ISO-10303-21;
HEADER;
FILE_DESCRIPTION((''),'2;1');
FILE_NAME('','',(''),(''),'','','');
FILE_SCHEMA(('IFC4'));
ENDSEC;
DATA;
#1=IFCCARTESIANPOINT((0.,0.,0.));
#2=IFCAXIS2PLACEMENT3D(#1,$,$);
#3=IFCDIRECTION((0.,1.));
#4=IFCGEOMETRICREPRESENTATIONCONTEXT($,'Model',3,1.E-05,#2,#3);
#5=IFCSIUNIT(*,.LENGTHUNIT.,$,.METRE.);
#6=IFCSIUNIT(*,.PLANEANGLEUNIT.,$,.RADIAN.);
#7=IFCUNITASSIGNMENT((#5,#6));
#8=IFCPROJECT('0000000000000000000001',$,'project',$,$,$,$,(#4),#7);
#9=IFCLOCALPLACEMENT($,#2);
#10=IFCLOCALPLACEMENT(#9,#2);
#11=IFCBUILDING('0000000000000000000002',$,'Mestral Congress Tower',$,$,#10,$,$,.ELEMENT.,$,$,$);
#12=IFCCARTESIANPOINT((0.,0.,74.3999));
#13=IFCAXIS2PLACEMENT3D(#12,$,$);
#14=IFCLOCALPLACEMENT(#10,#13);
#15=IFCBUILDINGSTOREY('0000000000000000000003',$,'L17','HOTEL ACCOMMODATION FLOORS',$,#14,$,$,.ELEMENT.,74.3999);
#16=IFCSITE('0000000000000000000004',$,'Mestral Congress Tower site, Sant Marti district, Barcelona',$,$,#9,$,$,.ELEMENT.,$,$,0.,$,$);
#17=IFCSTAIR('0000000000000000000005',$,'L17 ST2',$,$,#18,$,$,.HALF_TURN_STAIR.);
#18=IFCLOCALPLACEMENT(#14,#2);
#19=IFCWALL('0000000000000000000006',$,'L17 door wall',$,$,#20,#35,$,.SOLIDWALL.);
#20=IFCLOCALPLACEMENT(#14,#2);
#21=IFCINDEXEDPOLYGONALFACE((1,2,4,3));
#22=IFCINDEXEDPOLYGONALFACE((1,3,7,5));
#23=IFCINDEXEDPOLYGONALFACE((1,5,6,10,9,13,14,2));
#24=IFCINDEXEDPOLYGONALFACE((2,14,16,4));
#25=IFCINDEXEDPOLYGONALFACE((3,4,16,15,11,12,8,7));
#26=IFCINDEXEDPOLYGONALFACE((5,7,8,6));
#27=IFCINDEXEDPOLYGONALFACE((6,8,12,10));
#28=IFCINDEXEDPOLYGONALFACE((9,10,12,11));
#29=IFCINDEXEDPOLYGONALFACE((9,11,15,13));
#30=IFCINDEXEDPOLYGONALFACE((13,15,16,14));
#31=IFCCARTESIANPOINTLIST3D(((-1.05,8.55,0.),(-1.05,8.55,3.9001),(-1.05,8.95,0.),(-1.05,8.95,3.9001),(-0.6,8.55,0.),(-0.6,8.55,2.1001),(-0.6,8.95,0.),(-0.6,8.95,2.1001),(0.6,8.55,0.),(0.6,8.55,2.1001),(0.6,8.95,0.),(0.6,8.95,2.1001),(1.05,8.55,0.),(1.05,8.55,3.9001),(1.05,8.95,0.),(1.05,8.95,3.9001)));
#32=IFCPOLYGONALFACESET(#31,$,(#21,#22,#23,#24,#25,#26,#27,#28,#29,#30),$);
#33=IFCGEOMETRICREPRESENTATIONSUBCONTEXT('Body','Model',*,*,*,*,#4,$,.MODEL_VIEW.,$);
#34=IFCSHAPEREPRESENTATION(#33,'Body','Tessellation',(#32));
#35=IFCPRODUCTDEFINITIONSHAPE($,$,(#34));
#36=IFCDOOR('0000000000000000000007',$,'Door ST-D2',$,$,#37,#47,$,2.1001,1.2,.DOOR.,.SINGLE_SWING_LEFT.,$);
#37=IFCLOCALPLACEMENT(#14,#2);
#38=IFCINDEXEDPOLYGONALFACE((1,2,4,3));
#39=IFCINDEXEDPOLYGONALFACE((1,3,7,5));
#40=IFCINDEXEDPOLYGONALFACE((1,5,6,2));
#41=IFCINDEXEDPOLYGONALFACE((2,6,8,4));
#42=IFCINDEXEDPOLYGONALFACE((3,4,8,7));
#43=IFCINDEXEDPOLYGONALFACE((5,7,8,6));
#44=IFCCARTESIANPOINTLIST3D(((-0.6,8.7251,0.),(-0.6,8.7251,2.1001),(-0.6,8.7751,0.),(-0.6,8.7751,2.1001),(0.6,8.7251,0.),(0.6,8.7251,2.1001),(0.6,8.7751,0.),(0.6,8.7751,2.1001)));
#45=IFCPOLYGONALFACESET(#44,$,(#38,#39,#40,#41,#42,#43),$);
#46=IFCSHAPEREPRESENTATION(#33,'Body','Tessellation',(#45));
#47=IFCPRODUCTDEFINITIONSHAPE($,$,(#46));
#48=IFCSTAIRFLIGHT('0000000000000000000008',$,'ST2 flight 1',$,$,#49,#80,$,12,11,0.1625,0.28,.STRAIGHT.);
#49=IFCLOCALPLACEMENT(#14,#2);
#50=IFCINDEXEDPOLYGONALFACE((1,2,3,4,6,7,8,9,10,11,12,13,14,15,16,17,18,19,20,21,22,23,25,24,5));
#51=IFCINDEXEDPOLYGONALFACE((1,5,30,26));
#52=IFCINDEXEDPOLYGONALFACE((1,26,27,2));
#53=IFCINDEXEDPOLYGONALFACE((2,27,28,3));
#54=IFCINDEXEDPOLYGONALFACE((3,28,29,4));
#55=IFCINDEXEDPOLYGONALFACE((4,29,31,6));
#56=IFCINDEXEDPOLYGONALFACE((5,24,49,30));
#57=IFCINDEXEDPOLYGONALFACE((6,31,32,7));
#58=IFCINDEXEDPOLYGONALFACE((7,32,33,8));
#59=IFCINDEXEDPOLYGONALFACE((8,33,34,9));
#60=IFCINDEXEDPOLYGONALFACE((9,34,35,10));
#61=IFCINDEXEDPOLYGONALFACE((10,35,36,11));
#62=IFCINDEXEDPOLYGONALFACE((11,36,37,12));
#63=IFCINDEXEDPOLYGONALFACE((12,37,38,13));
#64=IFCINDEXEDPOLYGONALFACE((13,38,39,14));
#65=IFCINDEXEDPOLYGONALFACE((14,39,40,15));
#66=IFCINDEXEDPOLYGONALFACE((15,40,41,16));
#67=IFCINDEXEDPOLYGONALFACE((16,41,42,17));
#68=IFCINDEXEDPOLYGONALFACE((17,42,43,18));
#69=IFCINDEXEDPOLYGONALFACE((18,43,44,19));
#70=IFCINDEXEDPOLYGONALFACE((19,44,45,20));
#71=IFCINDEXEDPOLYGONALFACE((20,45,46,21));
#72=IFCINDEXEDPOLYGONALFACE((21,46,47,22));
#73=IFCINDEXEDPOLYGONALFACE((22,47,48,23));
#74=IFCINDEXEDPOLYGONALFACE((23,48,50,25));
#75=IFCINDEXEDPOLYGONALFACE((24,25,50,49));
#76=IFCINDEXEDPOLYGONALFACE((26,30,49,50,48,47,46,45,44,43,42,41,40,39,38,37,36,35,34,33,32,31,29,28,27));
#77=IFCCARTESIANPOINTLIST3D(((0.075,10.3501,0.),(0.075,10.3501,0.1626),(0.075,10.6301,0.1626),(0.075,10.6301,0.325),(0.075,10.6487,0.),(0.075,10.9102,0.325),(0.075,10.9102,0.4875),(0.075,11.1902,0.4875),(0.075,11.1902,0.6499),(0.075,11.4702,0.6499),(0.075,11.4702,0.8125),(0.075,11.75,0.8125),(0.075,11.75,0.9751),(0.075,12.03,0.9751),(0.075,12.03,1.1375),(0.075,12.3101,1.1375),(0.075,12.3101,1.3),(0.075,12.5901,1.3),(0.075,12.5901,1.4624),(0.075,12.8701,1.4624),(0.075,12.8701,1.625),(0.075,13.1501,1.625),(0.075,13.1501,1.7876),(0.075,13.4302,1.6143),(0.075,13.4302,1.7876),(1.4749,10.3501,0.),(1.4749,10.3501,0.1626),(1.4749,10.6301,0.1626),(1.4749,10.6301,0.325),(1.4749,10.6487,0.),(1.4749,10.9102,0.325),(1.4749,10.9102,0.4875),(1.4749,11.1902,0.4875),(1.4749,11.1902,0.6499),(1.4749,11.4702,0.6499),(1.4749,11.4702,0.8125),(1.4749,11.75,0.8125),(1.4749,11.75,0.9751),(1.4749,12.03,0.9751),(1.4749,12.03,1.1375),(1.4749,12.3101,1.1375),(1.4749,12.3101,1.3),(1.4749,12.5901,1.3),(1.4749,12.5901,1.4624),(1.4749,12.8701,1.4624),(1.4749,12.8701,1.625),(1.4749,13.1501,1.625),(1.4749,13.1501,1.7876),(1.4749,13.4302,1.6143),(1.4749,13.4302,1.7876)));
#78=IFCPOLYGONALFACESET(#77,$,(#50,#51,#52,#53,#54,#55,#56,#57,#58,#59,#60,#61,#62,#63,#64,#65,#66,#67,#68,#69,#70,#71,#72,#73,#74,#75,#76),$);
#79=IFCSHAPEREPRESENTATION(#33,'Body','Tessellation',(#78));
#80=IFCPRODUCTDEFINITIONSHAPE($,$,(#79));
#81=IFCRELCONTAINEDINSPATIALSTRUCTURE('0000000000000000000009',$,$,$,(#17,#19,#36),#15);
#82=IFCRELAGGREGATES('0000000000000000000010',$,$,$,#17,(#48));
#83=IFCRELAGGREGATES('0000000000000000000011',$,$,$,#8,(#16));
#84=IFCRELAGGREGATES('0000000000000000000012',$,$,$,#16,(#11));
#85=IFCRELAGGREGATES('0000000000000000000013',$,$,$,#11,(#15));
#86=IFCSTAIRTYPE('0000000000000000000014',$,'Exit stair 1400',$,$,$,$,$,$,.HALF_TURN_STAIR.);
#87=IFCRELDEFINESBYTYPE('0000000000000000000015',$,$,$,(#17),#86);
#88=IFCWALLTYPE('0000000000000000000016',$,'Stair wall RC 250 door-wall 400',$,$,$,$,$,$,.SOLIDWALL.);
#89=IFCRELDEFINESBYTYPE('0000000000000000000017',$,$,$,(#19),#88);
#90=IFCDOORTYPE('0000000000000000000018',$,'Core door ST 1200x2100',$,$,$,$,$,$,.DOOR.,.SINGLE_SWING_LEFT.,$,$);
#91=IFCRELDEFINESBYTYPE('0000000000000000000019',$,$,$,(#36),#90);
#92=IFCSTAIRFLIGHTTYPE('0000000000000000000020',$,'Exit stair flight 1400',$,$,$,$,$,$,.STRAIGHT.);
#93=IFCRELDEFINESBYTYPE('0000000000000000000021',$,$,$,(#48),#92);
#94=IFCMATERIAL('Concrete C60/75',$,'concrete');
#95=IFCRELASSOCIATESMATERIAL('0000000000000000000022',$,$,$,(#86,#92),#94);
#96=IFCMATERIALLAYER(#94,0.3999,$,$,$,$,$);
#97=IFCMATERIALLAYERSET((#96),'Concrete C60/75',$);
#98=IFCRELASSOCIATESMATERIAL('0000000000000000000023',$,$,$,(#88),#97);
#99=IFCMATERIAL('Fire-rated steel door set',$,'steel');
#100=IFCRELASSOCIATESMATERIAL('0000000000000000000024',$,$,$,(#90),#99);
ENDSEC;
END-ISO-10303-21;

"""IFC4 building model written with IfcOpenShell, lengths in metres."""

from ifc_helpers import new_model, si_unit, direction, frame, frame_2d, origin, place, context, subcontext, project, spatial, polyline, rectangle, outline, extrude, material, layer, layer_set, type_object, element, fill, aggregate, save


model = new_model("IFC4")

# Units and contexts
model_context = context("Model", 3, precision=1e-05, world=origin(), true_north=direction((0.0, 1.0)))
body_context = subcontext(model_context, "Body", "Model", "MODEL_VIEW")
ifc_project = project(units=[si_unit("LENGTHUNIT", "METRE"), si_unit("PLANEANGLEUNIT", "RADIAN")], contexts=[model_context])

# Site, building, storey
site_placement = place(None, origin())
site = spatial("IfcSite", under=ifc_project, at=site_placement, Name="Mestral Congress Tower site, Sant Marti district, Barcelona", CompositionType="ELEMENT", RefElevation=0.0)
building_placement = place(site_placement, origin())
building = spatial("IfcBuilding", under=site, at=building_placement, Name="Mestral Congress Tower", CompositionType="ELEMENT")
storey_placement = place(building_placement, frame((0.0, 0.0, 74.3999)))
storey = spatial("IfcBuildingStorey", under=building, at=storey_placement, Name="L17", Description="HOTEL ACCOMMODATION FLOORS", CompositionType="ELEMENT", Elevation=74.3999)

# Shared definitions
ifc_material_1 = material(Name="Concrete C60/75", Category="concrete")

# Stair
stair_type = type_object("IfcStairType", Name="Exit stair 1400", PredefinedType="HALF_TURN_STAIR", material=ifc_material_1)
placement_1 = place(storey_placement, origin())
stair_1 = element("IfcStair", 1, at=placement_1, inside=storey, type_object=stair_type, Name="L17 ST2", PredefinedType="HALF_TURN_STAIR")

# Wall, opening, door
ifc_layer_1 = layer(ifc_material_1, 0.3999)
ifc_layer_set_1 = layer_set([ifc_layer_1], Name="Concrete C60/75")
wall_type_1 = type_object("IfcWallType", Name="Stair wall RC 250 door-wall 400", PredefinedType="SOLIDWALL", material=ifc_layer_set_1)
wall_1_placement = place(storey_placement, frame((1.05, 8.75, 0.0), z_axis=(0.0, 0.0, 1.0), x_axis=(-1.0, 0.0, 0.0)))
wall_1 = element("IfcWall", 2, at=wall_1_placement, inside=storey, type_object=wall_type_1, Name="L17 door wall", PredefinedType="SOLIDWALL", context=body_context, shape_type="SweptSolid", body=[
    extrude(rectangle(XDim=2.1001, YDim=0.3999, at=frame_2d((1.05, 0.0))), origin(), (0.0, 0.0, 1.0), 3.9001),
])
opening_placement = place(wall_1_placement, frame((0.45, 0.0, 0.0)))
opening = element("IfcOpeningElement", 3, at=opening_placement, cuts=wall_1, PredefinedType="OPENING", context=body_context, shape_type="SweptSolid", body=[
    extrude(rectangle(XDim=1.2, YDim=2.1001, at=frame_2d((0.6001, 1.05))), frame((0.0, 0.21, 0.0), z_axis=(0.0, -1.0, 0.0), x_axis=(1.0, 0.0, 0.0)), (0.0, 0.0, 1.0), 0.4199),
])
ifc_material_2 = material(Name="Fire-rated steel door set", Category="steel")
door_type = type_object("IfcDoorType", Name="Core door ST 1200x2100", OperationType="SINGLE_SWING_LEFT", PredefinedType="DOOR", material=ifc_material_2)
door_placement = place(opening_placement, origin())
door = element("IfcDoor", 4, at=door_placement, inside=storey, type_object=door_type, Name="Door ST-D2", OperationType="SINGLE_SWING_LEFT", OverallHeight=2.1001, OverallWidth=1.2, PredefinedType="DOOR", context=body_context, shape_type="SweptSolid", body=[
    extrude(rectangle(XDim=1.2, YDim=2.1001, at=frame_2d((0.6001, 1.05))), frame((0.0, 0.0249, 0.0), z_axis=(0.0, -1.0, 0.0), x_axis=(1.0, 0.0, 0.0)), (0.0, 0.0, 1.0), 0.05),
])
fill(opening, door)

# Stair flight
stair_flight_type = type_object("IfcStairFlightType", Name="Exit stair flight 1400", PredefinedType="STRAIGHT", material=ifc_material_1)
stair_flight_placement = place(storey_placement, frame((0.7749, 10.3501, 0.0), z_axis=(0.0, 0.0, 1.0), x_axis=(0.0, 1.0, 0.0)))
stair_flight = element("IfcStairFlight", 5, at=stair_flight_placement, type_object=stair_flight_type, Name="ST2 flight 1", NumberOfRisers=12, NumberOfTreads=11, PredefinedType="STRAIGHT", RiserHeight=0.1625, TreadLength=0.28, context=body_context, shape_type="SweptSolid", body=[
    extrude(outline(polyline([(0.0, 0.0), (0.0, 0.1626), (0.28, 0.1626), (0.28, 0.325), (0.5601, 0.325), (0.5601, 0.4875), (0.8401, 0.4875), (0.8401, 0.6499), (1.1201, 0.6499), (1.1201, 0.8125), (1.3999, 0.8125), (1.3999, 0.9751), (1.6799, 0.9751), (1.6799, 1.1375), (1.96, 1.1375), (1.96, 1.3), (2.24, 1.3), (2.24, 1.4624), (2.52, 1.4624), (2.52, 1.625), (2.8, 1.625), (2.8, 1.7876), (3.0801, 1.7876), (3.0801, 1.95), (3.0801, 1.6143), (0.2986, 0.0), (0.0, 0.0)])), frame((0.0, 0.7, 0.0), z_axis=(0.0, -1.0, 0.0), x_axis=(1.0, 0.0, 0.0)), (0.0, 0.0, 1.0), 1.3999),
])
aggregate(stair_1, [stair_flight])

save(model, "model.ifc")
